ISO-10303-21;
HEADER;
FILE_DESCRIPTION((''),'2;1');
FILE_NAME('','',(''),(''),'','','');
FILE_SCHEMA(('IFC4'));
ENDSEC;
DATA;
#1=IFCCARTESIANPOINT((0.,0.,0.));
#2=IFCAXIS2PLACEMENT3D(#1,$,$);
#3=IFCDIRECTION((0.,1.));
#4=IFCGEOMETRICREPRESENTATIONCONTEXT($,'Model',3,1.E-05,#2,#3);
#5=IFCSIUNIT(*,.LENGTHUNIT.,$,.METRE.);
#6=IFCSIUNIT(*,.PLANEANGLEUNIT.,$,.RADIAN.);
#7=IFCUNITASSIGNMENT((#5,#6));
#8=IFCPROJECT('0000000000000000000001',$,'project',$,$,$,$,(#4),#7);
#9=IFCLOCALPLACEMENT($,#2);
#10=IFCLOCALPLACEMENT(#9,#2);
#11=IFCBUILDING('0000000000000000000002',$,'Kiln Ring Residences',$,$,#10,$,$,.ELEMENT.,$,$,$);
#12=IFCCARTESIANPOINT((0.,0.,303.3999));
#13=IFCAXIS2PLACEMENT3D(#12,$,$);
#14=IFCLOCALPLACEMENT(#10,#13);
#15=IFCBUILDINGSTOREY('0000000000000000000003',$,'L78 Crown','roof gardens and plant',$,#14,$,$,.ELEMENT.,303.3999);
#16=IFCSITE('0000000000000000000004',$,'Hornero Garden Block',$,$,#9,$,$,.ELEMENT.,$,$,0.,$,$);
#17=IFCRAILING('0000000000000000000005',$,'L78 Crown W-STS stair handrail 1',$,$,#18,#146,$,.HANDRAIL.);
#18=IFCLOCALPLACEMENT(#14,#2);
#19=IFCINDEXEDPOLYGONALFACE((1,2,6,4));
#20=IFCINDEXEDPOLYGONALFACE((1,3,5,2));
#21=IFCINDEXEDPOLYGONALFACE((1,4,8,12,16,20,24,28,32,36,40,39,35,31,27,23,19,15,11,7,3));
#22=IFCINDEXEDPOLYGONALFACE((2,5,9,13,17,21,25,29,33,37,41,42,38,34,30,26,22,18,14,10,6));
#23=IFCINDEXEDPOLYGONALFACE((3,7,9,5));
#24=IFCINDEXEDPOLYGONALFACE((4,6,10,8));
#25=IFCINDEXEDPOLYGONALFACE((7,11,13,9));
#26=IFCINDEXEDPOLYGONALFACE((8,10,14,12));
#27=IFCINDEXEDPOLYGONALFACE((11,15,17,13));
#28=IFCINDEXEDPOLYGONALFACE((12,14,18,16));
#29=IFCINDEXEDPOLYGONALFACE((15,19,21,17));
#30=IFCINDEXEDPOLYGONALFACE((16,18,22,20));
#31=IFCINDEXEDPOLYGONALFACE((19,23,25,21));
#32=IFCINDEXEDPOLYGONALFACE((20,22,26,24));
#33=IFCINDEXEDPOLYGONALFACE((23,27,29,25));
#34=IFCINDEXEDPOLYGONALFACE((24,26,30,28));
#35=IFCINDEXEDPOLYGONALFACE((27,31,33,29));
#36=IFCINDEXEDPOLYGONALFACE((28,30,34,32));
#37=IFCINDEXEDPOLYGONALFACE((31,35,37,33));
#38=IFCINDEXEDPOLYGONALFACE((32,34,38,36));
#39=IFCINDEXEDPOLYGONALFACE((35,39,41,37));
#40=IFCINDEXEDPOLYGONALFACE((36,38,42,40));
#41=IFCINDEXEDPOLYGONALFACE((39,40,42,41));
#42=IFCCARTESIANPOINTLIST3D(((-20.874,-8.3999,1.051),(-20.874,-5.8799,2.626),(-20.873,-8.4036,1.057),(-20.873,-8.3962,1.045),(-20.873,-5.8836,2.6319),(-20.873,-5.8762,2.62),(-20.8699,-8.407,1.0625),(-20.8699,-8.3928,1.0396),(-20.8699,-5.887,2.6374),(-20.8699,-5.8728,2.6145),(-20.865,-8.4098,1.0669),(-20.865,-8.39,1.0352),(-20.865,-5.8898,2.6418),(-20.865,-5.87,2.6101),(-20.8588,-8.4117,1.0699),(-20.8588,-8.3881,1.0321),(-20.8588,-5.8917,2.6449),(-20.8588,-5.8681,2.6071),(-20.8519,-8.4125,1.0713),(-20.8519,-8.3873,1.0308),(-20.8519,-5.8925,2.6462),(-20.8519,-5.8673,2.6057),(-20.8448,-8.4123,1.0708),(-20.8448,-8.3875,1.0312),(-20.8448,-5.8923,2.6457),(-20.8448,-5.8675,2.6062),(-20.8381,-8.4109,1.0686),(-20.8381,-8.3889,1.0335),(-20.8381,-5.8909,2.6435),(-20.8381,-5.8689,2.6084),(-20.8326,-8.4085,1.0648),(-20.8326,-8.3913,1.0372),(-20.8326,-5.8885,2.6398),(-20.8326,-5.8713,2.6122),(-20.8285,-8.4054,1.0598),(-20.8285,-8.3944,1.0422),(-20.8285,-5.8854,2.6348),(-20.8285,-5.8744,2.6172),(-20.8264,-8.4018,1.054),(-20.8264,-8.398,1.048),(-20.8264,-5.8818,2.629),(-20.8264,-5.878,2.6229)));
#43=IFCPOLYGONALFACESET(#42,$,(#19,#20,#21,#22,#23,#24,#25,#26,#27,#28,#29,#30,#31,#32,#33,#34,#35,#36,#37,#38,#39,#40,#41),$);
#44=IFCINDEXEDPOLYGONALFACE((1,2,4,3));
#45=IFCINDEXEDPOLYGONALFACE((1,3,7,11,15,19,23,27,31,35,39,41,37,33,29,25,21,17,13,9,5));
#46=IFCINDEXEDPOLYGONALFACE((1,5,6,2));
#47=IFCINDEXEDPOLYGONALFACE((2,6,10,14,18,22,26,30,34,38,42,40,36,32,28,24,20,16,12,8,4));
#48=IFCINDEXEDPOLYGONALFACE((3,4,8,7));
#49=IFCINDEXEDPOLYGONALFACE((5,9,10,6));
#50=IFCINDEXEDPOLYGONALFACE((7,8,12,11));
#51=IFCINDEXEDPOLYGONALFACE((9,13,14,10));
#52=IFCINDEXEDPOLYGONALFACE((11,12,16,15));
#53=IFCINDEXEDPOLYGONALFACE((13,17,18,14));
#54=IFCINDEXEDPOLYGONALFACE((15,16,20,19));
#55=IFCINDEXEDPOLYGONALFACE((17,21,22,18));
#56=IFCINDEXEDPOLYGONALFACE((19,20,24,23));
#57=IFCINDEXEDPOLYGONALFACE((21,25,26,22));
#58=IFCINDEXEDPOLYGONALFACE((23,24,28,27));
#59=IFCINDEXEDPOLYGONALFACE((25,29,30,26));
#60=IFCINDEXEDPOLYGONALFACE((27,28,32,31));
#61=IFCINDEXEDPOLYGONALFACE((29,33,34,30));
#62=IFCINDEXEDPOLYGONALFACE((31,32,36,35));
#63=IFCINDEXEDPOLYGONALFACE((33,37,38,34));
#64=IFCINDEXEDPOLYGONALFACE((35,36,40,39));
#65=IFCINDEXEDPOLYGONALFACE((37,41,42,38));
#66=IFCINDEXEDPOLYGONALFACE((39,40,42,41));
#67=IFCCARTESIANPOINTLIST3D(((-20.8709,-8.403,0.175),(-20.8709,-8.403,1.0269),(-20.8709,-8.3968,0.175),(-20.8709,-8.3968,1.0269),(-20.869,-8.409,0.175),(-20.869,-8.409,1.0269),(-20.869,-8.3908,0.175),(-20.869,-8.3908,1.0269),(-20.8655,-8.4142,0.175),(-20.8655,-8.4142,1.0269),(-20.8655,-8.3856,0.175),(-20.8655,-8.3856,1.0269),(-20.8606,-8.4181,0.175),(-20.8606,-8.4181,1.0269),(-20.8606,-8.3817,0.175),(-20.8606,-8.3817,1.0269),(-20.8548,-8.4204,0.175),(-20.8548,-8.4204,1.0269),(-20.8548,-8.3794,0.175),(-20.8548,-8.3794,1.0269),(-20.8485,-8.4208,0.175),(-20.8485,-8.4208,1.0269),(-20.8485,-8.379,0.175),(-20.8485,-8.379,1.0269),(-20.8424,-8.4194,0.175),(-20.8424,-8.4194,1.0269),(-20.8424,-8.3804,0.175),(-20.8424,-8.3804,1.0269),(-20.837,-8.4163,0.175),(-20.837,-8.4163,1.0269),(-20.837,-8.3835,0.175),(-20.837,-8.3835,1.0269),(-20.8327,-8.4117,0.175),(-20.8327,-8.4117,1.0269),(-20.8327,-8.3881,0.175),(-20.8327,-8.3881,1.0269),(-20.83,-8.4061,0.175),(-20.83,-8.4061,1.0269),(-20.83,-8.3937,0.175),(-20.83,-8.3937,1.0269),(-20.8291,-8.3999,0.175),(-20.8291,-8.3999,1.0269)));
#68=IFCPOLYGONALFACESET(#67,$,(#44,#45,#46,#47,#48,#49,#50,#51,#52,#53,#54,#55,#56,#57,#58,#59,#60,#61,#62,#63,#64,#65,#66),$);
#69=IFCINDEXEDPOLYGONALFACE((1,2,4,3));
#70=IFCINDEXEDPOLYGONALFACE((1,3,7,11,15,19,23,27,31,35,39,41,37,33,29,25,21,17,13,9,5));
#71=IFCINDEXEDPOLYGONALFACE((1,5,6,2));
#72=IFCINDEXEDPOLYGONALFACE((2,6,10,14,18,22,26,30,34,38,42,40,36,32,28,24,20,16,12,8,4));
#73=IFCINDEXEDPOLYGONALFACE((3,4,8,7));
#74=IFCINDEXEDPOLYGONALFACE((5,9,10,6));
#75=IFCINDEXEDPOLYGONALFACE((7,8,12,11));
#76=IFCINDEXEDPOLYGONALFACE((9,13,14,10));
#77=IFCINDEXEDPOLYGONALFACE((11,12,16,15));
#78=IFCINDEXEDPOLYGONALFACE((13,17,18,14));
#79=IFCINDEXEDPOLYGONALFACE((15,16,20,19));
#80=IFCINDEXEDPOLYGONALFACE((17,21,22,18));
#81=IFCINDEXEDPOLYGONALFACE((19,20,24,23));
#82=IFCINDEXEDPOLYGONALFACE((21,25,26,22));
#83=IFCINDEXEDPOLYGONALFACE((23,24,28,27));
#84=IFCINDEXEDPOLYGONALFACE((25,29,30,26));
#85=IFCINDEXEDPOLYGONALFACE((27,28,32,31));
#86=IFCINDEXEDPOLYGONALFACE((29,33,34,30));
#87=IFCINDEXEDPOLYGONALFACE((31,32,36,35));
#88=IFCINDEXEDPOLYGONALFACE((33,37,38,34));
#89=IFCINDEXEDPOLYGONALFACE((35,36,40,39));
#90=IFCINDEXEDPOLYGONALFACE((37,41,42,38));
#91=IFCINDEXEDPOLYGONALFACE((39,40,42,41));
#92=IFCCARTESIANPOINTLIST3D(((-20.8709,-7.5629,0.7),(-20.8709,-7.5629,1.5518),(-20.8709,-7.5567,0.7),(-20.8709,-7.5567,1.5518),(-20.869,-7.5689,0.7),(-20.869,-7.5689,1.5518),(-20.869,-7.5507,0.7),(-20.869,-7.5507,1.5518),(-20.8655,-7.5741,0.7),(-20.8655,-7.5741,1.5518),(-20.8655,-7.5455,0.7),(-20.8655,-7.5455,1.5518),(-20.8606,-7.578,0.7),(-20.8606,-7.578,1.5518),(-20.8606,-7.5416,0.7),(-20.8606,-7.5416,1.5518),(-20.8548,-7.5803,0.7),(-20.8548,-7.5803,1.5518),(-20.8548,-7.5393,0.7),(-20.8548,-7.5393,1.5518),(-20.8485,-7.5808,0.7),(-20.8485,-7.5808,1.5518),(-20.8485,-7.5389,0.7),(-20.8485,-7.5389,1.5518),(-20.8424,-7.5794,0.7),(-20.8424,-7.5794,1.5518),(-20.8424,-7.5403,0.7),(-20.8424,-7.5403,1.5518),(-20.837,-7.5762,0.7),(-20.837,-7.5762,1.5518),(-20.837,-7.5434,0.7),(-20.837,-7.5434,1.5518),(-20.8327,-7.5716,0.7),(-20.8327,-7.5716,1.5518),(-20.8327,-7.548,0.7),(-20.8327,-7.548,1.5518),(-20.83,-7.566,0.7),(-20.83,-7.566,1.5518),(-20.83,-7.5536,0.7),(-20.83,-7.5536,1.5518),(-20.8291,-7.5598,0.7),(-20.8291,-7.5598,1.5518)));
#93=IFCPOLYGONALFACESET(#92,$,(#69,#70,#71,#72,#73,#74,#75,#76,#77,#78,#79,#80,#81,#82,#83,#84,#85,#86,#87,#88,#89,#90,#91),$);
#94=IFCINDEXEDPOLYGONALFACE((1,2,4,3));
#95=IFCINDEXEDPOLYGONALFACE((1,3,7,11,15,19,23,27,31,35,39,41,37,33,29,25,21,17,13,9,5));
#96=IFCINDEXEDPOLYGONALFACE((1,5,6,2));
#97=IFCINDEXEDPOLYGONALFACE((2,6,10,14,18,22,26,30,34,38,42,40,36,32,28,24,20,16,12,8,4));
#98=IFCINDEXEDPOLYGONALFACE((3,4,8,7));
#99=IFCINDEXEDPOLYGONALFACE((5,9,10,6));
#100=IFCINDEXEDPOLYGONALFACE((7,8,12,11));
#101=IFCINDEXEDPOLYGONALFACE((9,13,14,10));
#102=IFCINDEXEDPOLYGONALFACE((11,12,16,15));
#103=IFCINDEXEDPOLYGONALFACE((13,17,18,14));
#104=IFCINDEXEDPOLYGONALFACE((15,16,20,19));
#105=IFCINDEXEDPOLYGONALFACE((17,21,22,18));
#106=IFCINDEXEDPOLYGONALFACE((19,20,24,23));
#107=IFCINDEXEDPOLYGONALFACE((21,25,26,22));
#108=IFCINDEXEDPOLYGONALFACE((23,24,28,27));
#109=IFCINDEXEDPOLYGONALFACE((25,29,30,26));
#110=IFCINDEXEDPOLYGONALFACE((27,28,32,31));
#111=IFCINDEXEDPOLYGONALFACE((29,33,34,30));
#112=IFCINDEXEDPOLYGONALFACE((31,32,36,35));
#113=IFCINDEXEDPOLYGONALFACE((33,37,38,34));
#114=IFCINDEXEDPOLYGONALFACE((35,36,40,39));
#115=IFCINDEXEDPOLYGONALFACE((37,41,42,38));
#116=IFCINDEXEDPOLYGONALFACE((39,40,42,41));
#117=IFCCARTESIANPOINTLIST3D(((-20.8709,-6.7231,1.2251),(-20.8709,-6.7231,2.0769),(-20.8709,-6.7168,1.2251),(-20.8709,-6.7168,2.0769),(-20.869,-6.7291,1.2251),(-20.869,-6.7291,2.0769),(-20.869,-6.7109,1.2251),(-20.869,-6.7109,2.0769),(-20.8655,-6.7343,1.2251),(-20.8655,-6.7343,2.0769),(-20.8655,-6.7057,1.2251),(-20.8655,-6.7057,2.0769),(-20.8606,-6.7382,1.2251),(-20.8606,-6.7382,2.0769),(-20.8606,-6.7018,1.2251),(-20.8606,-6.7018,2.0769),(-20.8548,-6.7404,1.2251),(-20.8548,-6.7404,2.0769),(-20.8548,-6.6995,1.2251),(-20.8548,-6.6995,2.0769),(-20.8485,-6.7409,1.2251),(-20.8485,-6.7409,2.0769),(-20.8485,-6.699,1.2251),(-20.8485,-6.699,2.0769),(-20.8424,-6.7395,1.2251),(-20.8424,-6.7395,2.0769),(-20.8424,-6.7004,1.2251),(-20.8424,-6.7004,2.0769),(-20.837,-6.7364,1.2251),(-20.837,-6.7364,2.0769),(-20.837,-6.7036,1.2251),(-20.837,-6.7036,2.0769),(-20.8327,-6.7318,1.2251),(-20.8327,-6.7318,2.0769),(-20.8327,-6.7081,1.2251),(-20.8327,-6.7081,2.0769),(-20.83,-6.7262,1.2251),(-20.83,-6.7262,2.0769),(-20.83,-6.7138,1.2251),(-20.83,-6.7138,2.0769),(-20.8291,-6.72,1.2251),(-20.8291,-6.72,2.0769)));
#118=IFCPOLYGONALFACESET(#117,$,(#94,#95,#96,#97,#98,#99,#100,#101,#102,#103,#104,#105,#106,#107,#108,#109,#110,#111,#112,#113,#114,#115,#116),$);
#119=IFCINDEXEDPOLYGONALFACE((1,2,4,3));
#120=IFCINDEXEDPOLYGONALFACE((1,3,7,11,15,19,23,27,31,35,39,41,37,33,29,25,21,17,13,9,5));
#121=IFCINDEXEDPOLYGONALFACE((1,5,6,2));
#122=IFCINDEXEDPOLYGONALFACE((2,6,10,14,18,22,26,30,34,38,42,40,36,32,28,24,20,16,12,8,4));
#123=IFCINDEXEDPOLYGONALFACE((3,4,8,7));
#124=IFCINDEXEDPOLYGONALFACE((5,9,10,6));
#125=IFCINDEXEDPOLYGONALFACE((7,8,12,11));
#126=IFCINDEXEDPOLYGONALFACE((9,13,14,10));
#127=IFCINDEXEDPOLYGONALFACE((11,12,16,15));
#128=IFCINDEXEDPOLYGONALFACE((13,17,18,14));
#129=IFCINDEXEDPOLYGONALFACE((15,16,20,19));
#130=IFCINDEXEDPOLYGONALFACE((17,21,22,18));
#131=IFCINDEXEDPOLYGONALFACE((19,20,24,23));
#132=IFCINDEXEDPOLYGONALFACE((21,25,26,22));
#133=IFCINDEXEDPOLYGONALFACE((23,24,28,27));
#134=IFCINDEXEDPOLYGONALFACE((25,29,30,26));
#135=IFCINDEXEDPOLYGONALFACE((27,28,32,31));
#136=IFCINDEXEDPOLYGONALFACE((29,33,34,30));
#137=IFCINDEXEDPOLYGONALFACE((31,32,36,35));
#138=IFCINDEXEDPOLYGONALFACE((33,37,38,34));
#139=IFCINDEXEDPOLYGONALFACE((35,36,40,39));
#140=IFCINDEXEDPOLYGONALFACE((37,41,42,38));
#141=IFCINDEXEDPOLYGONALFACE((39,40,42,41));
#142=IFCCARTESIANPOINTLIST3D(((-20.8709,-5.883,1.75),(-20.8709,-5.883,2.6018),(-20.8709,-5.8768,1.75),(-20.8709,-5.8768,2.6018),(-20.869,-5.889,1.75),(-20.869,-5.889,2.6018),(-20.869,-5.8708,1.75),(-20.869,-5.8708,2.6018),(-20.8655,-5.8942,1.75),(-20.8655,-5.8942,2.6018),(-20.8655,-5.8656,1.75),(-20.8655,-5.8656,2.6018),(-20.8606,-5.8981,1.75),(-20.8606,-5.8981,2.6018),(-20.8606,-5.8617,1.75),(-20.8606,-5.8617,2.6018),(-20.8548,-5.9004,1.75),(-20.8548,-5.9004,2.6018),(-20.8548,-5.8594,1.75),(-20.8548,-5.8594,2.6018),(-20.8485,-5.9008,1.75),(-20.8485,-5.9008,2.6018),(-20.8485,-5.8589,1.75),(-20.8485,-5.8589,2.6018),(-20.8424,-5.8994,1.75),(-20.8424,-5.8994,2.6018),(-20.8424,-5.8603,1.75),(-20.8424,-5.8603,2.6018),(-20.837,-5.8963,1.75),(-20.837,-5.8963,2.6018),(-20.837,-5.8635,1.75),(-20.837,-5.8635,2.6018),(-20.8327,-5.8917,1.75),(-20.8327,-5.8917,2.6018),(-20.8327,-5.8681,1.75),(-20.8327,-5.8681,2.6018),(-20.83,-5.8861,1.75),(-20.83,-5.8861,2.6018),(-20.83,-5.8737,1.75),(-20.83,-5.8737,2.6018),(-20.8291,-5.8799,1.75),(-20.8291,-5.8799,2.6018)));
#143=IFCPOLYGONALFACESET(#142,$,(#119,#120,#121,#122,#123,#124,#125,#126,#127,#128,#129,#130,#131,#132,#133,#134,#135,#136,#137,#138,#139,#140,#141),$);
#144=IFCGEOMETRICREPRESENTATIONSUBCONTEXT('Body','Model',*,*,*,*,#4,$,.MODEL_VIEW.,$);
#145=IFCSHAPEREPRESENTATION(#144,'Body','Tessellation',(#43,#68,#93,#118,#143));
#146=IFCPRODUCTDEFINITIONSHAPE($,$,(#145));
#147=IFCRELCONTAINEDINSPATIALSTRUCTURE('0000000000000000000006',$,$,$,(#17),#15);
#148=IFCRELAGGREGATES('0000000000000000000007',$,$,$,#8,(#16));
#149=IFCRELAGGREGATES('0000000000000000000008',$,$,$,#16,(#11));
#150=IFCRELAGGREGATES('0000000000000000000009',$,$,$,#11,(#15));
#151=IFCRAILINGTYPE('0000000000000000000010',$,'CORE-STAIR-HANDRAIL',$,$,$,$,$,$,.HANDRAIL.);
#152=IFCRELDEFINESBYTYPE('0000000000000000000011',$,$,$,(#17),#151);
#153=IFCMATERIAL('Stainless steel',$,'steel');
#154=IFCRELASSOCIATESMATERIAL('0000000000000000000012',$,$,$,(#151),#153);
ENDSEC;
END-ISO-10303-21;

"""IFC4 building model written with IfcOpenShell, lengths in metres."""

from ifc_helpers import new_model, si_unit, direction, frame, origin, origin_2d, place, context, subcontext, project, spatial, circle, extrude, material, type_object, element, save


model = new_model("IFC4")

# Units and contexts
model_context = context("Model", 3, precision=1e-05, world=origin(), true_north=direction((0.0, 1.0)))
body_context = subcontext(model_context, "Body", "Model", "MODEL_VIEW")
ifc_project = project(units=[si_unit("LENGTHUNIT", "METRE"), si_unit("PLANEANGLEUNIT", "RADIAN")], contexts=[model_context])

# Site, building, storey
site_placement = place(None, origin())
site = spatial("IfcSite", under=ifc_project, at=site_placement, Name="Hornero Garden Block", CompositionType="ELEMENT", RefElevation=0.0)
building_placement = place(site_placement, origin())
building = spatial("IfcBuilding", under=site, at=building_placement, Name="Kiln Ring Residences", CompositionType="ELEMENT")
storey_placement = place(building_placement, frame((0.0, 0.0, 303.3999)))
storey = spatial("IfcBuildingStorey", under=building, at=storey_placement, Name="L78 Crown", Description="roof gardens and plant", CompositionType="ELEMENT", Elevation=303.3999)

# Railing
ifc_material_1 = material(Name="Stainless steel", Category="steel")
railing_type_1 = type_object("IfcRailingType", Name="CORE-STAIR-HANDRAIL", PredefinedType="HANDRAIL", material=ifc_material_1)
railing_1_placement = place(storey_placement, frame((-20.8501, -8.3999, 0.175)))
element("IfcRailing", 1, at=railing_1_placement, inside=storey, type_object=railing_type_1, Name="L78 Crown W-STS stair handrail 1", PredefinedType="HANDRAIL", context=body_context, shape_type="SweptSolid", body=[
    extrude(circle(Radius=0.0239, at=origin_2d()), frame((0.0, 0.0, 0.876), z_axis=(0.0, 0.848008, 0.529984), x_axis=(-1.0, 0.0, 0.0)), (0.0, 0.0, 1.0), 2.9717),
    extrude(circle(Radius=0.021, at=origin_2d()), origin(), (0.0, 0.0, 1.0), 0.8518),
    extrude(circle(Radius=0.021, at=origin_2d()), frame((0.0, 0.8401, 0.5249)), (0.0, 0.0, 1.0), 0.8518),
    extrude(circle(Radius=0.021, at=origin_2d()), frame((0.0, 1.6799, 1.05)), (0.0, 0.0, 1.0), 0.8518),
    extrude(circle(Radius=0.021, at=origin_2d()), frame((0.0, 2.52, 1.575)), (0.0, 0.0, 1.0), 0.8518),
])

save(model, "model.ifc")
